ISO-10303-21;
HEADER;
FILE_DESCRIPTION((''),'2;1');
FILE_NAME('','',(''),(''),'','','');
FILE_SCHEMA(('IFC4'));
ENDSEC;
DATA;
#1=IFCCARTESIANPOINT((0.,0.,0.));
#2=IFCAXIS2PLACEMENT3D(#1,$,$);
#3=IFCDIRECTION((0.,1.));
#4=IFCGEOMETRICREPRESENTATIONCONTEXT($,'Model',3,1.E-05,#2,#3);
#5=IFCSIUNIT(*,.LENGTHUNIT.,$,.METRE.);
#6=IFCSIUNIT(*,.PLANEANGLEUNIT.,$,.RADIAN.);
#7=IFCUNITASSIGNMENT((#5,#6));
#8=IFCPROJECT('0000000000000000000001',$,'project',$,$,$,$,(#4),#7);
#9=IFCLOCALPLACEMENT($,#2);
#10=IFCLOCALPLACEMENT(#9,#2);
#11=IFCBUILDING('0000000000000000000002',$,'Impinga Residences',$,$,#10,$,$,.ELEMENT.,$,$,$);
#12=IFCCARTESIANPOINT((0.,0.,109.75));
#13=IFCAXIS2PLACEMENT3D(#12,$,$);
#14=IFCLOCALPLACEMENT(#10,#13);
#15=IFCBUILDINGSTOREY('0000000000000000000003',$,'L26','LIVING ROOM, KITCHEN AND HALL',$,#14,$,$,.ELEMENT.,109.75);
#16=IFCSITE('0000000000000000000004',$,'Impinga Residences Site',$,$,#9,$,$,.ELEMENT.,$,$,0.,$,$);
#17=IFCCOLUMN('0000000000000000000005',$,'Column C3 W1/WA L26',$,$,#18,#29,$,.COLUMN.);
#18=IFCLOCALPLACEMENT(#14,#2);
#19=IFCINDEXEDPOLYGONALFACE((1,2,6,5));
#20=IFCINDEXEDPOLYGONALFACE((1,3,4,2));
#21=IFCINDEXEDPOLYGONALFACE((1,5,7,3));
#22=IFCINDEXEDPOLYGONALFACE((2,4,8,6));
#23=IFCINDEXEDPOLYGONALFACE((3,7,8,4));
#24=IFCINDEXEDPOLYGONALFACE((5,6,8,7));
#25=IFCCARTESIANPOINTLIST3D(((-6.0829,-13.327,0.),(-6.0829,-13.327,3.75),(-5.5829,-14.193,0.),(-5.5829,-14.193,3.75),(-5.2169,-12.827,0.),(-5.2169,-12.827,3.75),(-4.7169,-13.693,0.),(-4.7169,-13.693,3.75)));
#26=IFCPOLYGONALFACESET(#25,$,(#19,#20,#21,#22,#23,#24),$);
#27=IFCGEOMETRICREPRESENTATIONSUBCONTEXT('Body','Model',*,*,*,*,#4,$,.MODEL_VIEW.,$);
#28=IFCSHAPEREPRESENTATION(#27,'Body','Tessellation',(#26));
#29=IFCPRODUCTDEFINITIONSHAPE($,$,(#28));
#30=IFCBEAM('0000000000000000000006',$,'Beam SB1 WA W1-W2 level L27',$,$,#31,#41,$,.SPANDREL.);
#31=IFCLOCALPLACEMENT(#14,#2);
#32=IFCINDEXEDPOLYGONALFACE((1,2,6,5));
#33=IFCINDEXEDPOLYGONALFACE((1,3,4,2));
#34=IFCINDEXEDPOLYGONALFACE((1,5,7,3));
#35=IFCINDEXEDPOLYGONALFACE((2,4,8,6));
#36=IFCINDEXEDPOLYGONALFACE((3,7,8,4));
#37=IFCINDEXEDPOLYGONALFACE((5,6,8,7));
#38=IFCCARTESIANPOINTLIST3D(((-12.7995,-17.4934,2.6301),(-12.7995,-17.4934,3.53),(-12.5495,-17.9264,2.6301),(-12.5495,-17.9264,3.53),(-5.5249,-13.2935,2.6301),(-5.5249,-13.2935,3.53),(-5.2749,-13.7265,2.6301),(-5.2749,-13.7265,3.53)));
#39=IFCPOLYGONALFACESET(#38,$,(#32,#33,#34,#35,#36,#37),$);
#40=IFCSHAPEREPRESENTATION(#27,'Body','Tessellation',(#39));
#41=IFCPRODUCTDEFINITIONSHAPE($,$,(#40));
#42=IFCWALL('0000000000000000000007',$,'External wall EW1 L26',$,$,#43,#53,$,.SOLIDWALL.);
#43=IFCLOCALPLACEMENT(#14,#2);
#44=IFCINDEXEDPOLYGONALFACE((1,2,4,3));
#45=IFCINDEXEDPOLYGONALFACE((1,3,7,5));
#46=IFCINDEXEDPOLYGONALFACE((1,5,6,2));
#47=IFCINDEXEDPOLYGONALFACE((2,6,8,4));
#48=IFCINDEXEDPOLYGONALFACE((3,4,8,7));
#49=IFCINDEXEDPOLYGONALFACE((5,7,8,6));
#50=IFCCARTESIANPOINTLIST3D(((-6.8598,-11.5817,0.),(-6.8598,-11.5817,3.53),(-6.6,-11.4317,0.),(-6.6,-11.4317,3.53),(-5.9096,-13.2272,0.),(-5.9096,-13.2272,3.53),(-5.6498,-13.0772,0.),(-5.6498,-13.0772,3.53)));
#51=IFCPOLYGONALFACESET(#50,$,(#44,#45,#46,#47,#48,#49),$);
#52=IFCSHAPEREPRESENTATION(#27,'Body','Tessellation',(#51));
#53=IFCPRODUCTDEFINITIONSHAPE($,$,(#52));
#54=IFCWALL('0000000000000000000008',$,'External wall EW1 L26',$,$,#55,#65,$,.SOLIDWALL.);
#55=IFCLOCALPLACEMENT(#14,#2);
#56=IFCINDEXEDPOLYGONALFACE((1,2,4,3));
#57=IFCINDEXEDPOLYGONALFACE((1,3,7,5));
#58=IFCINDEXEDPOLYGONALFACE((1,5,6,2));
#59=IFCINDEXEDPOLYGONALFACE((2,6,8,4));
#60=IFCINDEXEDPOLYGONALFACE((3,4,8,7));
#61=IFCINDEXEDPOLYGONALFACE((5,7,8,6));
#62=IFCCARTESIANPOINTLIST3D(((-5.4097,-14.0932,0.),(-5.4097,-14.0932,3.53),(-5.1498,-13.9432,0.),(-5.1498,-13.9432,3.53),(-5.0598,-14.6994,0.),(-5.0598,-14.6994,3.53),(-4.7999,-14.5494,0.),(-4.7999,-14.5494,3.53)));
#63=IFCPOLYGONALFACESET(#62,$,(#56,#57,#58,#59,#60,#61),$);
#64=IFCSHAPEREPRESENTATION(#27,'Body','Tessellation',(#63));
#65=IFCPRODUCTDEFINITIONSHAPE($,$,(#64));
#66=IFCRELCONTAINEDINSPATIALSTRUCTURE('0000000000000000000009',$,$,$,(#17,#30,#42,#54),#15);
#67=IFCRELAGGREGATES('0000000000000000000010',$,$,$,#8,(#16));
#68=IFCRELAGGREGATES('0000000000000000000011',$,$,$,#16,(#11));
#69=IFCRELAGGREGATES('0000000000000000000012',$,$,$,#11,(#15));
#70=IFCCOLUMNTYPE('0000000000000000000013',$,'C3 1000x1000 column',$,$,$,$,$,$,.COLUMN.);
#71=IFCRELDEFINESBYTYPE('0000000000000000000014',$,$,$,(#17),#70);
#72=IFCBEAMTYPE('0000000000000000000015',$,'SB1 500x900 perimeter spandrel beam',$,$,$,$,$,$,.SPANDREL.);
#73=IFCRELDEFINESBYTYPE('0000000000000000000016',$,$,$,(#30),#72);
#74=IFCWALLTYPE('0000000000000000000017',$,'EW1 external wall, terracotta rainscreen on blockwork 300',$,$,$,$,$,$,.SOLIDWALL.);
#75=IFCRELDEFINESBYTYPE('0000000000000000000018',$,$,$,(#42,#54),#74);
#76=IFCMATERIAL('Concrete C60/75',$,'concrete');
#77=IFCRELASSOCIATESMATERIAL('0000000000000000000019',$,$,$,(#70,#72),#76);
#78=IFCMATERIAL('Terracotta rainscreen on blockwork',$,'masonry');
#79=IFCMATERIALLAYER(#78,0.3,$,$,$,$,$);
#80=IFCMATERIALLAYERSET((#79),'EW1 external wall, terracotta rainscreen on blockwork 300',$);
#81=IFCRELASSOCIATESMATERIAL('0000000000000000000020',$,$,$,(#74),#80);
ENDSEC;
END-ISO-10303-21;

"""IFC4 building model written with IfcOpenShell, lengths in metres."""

from ifc_helpers import new_model, si_unit, direction, frame, frame_2d, origin, origin_2d, place, context, subcontext, project, spatial, rectangle, extrude, material, layer, layer_set, material_profile, profile_set, type_object, element, save


model = new_model("IFC4")

# Units and contexts
model_context = context("Model", 3, precision=1e-05, world=origin(), true_north=direction((0.0, 1.0)))
body_context = subcontext(model_context, "Body", "Model", "MODEL_VIEW")
ifc_project = project(units=[si_unit("LENGTHUNIT", "METRE"), si_unit("PLANEANGLEUNIT", "RADIAN")], contexts=[model_context])

# Site, building, storey
site_placement = place(None, origin())
site = spatial("IfcSite", under=ifc_project, at=site_placement, Name="Impinga Residences Site", CompositionType="ELEMENT", RefElevation=0.0)
building_placement = place(site_placement, origin())
building = spatial("IfcBuilding", under=site, at=building_placement, Name="Impinga Residences", CompositionType="ELEMENT")
storey_placement = place(building_placement, frame((0.0, 0.0, 109.75)))
storey = spatial("IfcBuildingStorey", under=building, at=storey_placement, Name="L26", Description="LIVING ROOM, KITCHEN AND HALL", CompositionType="ELEMENT", Elevation=109.75)

# Column
ifc_material_1 = material(Name="Concrete C60/75", Category="concrete")
ifc_material_profile_1 = material_profile(ifc_material_1, rectangle(XDim=1.0, YDim=1.0, at=origin_2d()), Name="RC 1000x1000")
ifc_profile_set_1 = profile_set([ifc_material_profile_1], Name="Concrete C60/75")
column_type = type_object("IfcColumnType", Name="C3 1000x1000 column", PredefinedType="COLUMN", material=ifc_profile_set_1)
column_placement = place(storey_placement, frame((-5.3999, -13.51, 0.0), z_axis=(0.0, 0.0, 1.0), x_axis=(-0.5, 0.866025, 0.0)))
element("IfcColumn", 1, at=column_placement, inside=storey, type_object=column_type, Name="Column C3 W1/WA L26", PredefinedType="COLUMN", context=body_context, shape_type="SweptSolid", body=[
    extrude(rectangle(XDim=1.0, YDim=1.0, at=origin_2d()), origin(), (0.0, 0.0, 1.0), 3.75),
])

# Beam
ifc_material_profile_2 = material_profile(ifc_material_1, rectangle(XDim=0.5, YDim=0.8999, at=origin_2d()), Name="RC 500x900")
ifc_profile_set_2 = profile_set([ifc_material_profile_2], Name="Concrete C60/75")
beam_type = type_object("IfcBeamType", Name="SB1 500x900 perimeter spandrel beam", PredefinedType="SPANDREL", material=ifc_profile_set_2)
beam_placement = place(storey_placement, frame((-5.3999, -13.51, 3.0801), z_axis=(-0.866029, -0.499993, 0.0), x_axis=(0.499993, -0.866029, 0.0)))
element("IfcBeam", 2, at=beam_placement, inside=storey, type_object=beam_type, Name="Beam SB1 WA W1-W2 level L27", PredefinedType="SPANDREL", context=body_context, shape_type="SweptSolid", body=[
    extrude(rectangle(XDim=0.5, YDim=0.8999, at=origin_2d()), origin(), (0.0, 0.0, 1.0), 8.3999),
])

# Walls
ifc_material_2 = material(Name="Terracotta rainscreen on blockwork", Category="masonry")
ifc_layer_1 = layer(ifc_material_2, 0.3)
ifc_layer_set_1 = layer_set([ifc_layer_1], Name="EW1 external wall, terracotta rainscreen on blockwork 300")
wall_type_1 = type_object("IfcWallType", Name="EW1 external wall, terracotta rainscreen on blockwork 300", PredefinedType="SOLIDWALL", material=ifc_layer_set_1)
wall_1_placement = place(storey_placement, frame((-6.73, -11.5066, 0.0), z_axis=(0.0, 0.0, 1.0), x_axis=(0.500064, -0.865989, 0.0)))
element("IfcWall", 3, at=wall_1_placement, inside=storey, type_object=wall_type_1, Name="External wall EW1 L26", PredefinedType="SOLIDWALL", context=body_context, shape_type="SweptSolid", body=[
    extrude(rectangle(XDim=1.9001, YDim=0.3, at=frame_2d((0.9502, 0.0))), origin(), (0.0, 0.0, 1.0), 3.53),
])
wall_2_placement = place(storey_placement, frame((-5.2798, -14.0181, 0.0), z_axis=(0.0, 0.0, 1.0), x_axis=(0.499853, -0.86611, 0.0)))
element("IfcWall", 4, at=wall_2_placement, inside=storey, type_object=wall_type_1, Name="External wall EW1 L26", PredefinedType="SOLIDWALL", context=body_context, shape_type="SweptSolid", body=[
    extrude(rectangle(XDim=0.7, YDim=0.3, at=frame_2d((0.3501, 0.0))), origin(), (0.0, 0.0, 1.0), 3.53),
])

save(model, "model.ifc")
